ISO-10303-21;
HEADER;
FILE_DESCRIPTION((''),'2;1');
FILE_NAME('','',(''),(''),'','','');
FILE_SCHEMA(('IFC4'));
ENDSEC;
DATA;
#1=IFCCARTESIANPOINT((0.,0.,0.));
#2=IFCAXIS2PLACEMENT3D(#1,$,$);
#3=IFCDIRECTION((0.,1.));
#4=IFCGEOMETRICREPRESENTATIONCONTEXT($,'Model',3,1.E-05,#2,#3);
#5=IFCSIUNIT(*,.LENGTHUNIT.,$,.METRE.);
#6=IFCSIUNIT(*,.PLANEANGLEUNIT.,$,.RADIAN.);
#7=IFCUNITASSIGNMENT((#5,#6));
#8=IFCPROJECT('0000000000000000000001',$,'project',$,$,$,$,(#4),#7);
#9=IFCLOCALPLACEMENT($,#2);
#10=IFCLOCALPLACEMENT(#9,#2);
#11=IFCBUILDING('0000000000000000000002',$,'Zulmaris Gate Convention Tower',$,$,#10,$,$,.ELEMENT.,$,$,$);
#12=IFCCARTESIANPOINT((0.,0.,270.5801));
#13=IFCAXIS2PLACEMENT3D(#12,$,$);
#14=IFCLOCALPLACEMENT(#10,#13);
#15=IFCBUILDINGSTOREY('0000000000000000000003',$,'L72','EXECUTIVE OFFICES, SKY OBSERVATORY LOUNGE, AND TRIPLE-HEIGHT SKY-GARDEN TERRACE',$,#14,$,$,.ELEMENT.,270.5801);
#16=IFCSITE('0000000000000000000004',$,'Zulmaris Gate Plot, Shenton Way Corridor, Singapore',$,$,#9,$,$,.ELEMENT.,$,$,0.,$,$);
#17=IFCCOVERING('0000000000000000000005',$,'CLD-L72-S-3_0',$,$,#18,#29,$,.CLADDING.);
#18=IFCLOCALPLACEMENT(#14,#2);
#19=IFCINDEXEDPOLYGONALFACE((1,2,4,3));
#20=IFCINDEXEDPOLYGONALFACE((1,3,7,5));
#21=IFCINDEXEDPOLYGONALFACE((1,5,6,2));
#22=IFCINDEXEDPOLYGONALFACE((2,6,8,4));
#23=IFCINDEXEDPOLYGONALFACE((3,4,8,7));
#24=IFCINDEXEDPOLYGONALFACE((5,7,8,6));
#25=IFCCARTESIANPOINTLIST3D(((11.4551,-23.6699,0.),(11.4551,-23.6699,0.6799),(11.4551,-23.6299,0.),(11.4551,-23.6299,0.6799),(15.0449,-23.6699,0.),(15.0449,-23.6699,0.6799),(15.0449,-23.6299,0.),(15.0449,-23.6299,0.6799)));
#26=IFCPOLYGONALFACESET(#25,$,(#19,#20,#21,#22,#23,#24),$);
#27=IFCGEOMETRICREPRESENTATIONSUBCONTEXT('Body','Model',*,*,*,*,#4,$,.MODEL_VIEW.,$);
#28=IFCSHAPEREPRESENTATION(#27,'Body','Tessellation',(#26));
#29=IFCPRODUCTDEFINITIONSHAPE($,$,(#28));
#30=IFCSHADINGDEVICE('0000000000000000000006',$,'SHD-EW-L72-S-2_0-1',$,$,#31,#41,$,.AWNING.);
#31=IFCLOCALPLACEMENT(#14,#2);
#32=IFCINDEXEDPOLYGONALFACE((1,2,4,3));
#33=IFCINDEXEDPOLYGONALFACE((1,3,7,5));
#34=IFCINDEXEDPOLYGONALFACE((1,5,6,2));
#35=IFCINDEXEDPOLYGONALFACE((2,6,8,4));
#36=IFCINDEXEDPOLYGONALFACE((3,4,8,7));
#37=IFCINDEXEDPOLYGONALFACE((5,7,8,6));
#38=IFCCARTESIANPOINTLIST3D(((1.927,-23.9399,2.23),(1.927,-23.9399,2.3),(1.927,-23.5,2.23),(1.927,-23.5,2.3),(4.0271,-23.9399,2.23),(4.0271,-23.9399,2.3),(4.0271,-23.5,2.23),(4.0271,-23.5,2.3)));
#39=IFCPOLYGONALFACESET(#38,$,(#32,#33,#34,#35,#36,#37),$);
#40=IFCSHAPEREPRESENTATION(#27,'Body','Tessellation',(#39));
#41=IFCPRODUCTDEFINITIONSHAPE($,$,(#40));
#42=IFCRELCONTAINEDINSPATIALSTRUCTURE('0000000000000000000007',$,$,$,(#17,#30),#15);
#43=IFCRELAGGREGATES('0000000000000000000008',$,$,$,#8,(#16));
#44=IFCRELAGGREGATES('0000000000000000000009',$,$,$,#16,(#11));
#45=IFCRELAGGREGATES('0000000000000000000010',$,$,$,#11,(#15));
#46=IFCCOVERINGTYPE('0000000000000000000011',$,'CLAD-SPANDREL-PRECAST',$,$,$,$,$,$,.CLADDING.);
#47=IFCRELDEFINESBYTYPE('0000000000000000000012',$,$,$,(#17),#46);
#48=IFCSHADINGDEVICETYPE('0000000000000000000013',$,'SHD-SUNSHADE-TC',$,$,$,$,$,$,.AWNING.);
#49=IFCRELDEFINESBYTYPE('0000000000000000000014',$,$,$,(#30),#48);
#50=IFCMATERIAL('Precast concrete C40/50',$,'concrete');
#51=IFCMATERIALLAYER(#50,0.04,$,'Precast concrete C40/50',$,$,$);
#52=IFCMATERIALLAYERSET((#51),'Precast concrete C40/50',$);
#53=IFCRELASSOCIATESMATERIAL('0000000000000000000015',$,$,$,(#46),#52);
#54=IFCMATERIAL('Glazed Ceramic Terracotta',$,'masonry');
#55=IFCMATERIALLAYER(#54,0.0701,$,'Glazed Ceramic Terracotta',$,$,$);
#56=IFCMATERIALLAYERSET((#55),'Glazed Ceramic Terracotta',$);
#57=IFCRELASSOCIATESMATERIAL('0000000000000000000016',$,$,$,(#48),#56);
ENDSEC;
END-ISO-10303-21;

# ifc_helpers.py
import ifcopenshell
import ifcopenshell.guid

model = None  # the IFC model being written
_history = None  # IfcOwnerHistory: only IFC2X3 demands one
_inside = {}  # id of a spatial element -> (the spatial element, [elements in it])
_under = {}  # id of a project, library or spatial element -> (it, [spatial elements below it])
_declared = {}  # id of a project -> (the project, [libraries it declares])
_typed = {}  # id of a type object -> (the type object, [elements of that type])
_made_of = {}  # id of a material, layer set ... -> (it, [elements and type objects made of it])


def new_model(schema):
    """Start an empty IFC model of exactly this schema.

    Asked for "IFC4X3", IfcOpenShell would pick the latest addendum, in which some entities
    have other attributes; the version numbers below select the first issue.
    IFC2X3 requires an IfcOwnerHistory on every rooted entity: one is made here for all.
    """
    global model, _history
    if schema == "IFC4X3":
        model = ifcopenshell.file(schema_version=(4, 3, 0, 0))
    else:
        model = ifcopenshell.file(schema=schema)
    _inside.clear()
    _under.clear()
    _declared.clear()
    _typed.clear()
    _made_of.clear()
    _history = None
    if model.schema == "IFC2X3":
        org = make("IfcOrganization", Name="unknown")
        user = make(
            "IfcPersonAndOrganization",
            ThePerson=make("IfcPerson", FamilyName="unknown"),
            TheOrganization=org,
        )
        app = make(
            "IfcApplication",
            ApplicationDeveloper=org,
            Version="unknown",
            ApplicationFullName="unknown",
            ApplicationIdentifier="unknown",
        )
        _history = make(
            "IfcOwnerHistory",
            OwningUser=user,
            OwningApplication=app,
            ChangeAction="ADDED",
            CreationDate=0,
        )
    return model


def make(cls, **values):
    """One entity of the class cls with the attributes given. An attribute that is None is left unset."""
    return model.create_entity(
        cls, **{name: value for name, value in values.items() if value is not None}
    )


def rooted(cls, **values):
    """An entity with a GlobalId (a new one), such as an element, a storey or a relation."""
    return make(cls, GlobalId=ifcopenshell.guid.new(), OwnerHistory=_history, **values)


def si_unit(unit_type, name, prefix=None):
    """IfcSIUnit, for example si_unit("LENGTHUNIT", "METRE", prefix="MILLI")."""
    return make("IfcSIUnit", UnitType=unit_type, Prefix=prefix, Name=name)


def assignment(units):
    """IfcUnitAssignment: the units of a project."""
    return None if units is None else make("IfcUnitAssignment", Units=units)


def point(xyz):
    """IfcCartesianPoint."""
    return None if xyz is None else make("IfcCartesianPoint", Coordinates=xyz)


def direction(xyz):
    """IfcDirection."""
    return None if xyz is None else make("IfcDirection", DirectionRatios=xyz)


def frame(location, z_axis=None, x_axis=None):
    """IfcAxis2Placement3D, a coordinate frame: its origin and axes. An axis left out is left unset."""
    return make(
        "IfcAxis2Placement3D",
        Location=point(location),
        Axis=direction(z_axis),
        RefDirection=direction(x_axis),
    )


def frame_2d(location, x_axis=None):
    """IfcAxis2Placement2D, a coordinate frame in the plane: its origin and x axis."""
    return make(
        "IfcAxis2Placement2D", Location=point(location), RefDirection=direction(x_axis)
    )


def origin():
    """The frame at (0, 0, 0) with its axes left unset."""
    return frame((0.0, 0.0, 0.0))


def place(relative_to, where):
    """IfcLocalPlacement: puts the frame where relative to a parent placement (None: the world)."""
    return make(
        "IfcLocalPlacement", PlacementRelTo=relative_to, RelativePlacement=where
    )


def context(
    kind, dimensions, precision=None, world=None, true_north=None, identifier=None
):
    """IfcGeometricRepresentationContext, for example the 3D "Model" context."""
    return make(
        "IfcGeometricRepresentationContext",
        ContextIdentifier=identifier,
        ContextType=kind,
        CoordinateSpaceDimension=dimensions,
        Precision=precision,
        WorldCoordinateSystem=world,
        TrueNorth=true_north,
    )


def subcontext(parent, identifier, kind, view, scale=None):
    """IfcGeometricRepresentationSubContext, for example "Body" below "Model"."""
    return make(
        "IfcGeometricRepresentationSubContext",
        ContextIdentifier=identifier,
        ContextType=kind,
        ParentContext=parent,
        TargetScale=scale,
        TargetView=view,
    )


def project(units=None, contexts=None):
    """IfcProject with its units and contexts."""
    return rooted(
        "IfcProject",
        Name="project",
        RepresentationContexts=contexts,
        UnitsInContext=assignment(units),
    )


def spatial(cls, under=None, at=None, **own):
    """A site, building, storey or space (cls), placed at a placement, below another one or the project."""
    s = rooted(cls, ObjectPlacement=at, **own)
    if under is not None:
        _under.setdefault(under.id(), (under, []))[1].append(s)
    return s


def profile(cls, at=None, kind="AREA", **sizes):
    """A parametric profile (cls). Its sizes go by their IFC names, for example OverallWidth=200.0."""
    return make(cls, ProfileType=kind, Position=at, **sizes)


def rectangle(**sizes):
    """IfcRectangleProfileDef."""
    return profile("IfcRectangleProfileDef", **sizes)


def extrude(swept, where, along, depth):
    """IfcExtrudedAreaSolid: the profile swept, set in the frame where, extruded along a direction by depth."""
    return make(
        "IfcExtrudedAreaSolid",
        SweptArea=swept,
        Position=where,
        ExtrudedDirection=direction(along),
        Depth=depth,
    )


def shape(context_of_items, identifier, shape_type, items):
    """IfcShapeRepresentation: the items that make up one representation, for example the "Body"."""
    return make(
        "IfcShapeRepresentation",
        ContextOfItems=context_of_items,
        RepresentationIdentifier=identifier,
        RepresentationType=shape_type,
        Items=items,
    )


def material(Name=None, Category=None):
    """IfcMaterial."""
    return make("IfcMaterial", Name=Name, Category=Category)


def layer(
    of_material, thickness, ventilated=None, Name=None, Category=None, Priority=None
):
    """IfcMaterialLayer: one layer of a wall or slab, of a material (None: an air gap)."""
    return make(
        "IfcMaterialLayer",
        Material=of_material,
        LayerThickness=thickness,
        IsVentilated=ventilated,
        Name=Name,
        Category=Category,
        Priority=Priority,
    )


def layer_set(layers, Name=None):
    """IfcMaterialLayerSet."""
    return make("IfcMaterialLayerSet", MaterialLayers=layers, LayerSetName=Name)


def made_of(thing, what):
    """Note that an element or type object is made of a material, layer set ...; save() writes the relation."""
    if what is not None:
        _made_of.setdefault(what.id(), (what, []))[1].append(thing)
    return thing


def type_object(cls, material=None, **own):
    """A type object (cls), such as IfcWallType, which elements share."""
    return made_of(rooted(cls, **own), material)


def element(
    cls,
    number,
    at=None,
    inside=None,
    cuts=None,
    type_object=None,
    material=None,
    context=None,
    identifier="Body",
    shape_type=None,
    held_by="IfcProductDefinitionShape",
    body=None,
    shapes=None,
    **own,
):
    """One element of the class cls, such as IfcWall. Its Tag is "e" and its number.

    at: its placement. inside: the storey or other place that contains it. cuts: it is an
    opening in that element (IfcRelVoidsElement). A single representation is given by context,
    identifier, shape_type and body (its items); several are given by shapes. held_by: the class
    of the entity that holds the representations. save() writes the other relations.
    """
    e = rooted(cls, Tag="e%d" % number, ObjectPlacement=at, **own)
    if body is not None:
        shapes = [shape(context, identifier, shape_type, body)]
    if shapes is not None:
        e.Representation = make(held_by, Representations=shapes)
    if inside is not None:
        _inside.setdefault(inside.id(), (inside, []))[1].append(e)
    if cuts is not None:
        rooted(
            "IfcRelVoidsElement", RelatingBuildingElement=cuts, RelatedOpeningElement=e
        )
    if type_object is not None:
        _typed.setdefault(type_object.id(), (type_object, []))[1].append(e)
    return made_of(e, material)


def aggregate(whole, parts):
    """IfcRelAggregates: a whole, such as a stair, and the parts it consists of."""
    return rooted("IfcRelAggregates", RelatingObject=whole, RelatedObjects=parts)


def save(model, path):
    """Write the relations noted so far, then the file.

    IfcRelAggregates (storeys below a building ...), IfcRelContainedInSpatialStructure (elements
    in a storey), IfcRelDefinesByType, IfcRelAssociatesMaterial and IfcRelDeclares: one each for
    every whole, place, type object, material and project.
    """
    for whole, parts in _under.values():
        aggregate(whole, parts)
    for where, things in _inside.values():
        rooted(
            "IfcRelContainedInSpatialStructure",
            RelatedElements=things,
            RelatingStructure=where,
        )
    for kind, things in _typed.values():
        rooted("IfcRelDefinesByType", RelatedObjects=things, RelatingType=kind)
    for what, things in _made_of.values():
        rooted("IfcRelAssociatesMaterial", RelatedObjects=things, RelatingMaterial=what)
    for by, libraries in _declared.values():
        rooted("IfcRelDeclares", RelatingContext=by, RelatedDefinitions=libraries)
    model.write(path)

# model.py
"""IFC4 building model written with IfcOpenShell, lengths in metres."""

from ifc_helpers import new_model, si_unit, direction, frame, frame_2d, origin, place, context, subcontext, project, spatial, rectangle, extrude, material, layer, layer_set, type_object, element, save


model = new_model("IFC4")

# Units and contexts
model_context = context("Model", 3, precision=1e-05, world=origin(), true_north=direction((0.0, 1.0)))
body_context = subcontext(model_context, "Body", "Model", "MODEL_VIEW")
ifc_project = project(units=[si_unit("LENGTHUNIT", "METRE"), si_unit("PLANEANGLEUNIT", "RADIAN")], contexts=[model_context])

# Site, building, storey
site_placement = place(None, origin())
site = spatial("IfcSite", under=ifc_project, at=site_placement, Name="Zulmaris Gate Plot, Shenton Way Corridor, Singapore", CompositionType="ELEMENT", RefElevation=0.0)
building_placement = place(site_placement, origin())
building = spatial("IfcBuilding", under=site, at=building_placement, Name="Zulmaris Gate Convention Tower", CompositionType="ELEMENT")
storey_placement = place(building_placement, frame((0.0, 0.0, 270.5801)))
storey = spatial("IfcBuildingStorey", under=building, at=storey_placement, Name="L72", Description="EXECUTIVE OFFICES, SKY OBSERVATORY LOUNGE, AND TRIPLE-HEIGHT SKY-GARDEN TERRACE", CompositionType="ELEMENT", Elevation=270.5801)

# Shared definitions
ifc_material_1 = material(Name="Precast concrete C40/50", Category="concrete")

# Covering
ifc_layer_1 = layer(ifc_material_1, 0.04, Name="Precast concrete C40/50")
ifc_layer_set_1 = layer_set([ifc_layer_1], Name="Precast concrete C40/50")
covering_type = type_object("IfcCoveringType", Name="CLAD-SPANDREL-PRECAST", PredefinedType="CLADDING", material=ifc_layer_set_1)
covering_1_placement = place(storey_placement, frame((11.4551, -23.6499, 0.0), z_axis=(0.0, 0.0, 1.0), x_axis=(1.0, 0.0, 0.0)))
element("IfcCovering", 1, at=covering_1_placement, inside=storey, type_object=covering_type, Name="CLD-L72-S-3_0", PredefinedType="CLADDING", context=body_context, shape_type="SweptSolid", body=[
    extrude(rectangle(XDim=3.5898, YDim=0.04, at=frame_2d((1.7949, 0.0))), origin(), (0.0, 0.0, 1.0), 0.6799),
])

# Shading device
ifc_material_2 = material(Name="Glazed Ceramic Terracotta", Category="masonry")
ifc_layer_2 = layer(ifc_material_2, 0.0701, Name="Glazed Ceramic Terracotta")
ifc_layer_set_2 = layer_set([ifc_layer_2], Name="Glazed Ceramic Terracotta")
shading_device_type = type_object("IfcShadingDeviceType", Name="SHD-SUNSHADE-TC", PredefinedType="AWNING", material=ifc_layer_set_2)
shading_device_placement = place(storey_placement, frame((1.927, -23.72, 2.23), z_axis=(0.0, 0.0, 1.0), x_axis=(1.0, 0.0, 0.0)))
element("IfcShadingDevice", 2, at=shading_device_placement, inside=storey, type_object=shading_device_type, Name="SHD-EW-L72-S-2_0-1", PredefinedType="AWNING", context=body_context, shape_type="SweptSolid", body=[
    extrude(rectangle(XDim=2.1001, YDim=0.4399, at=frame_2d((1.05, 0.0))), origin(), (0.0, 0.0, 1.0), 0.0701),
])

save(model, "model.ifc")
